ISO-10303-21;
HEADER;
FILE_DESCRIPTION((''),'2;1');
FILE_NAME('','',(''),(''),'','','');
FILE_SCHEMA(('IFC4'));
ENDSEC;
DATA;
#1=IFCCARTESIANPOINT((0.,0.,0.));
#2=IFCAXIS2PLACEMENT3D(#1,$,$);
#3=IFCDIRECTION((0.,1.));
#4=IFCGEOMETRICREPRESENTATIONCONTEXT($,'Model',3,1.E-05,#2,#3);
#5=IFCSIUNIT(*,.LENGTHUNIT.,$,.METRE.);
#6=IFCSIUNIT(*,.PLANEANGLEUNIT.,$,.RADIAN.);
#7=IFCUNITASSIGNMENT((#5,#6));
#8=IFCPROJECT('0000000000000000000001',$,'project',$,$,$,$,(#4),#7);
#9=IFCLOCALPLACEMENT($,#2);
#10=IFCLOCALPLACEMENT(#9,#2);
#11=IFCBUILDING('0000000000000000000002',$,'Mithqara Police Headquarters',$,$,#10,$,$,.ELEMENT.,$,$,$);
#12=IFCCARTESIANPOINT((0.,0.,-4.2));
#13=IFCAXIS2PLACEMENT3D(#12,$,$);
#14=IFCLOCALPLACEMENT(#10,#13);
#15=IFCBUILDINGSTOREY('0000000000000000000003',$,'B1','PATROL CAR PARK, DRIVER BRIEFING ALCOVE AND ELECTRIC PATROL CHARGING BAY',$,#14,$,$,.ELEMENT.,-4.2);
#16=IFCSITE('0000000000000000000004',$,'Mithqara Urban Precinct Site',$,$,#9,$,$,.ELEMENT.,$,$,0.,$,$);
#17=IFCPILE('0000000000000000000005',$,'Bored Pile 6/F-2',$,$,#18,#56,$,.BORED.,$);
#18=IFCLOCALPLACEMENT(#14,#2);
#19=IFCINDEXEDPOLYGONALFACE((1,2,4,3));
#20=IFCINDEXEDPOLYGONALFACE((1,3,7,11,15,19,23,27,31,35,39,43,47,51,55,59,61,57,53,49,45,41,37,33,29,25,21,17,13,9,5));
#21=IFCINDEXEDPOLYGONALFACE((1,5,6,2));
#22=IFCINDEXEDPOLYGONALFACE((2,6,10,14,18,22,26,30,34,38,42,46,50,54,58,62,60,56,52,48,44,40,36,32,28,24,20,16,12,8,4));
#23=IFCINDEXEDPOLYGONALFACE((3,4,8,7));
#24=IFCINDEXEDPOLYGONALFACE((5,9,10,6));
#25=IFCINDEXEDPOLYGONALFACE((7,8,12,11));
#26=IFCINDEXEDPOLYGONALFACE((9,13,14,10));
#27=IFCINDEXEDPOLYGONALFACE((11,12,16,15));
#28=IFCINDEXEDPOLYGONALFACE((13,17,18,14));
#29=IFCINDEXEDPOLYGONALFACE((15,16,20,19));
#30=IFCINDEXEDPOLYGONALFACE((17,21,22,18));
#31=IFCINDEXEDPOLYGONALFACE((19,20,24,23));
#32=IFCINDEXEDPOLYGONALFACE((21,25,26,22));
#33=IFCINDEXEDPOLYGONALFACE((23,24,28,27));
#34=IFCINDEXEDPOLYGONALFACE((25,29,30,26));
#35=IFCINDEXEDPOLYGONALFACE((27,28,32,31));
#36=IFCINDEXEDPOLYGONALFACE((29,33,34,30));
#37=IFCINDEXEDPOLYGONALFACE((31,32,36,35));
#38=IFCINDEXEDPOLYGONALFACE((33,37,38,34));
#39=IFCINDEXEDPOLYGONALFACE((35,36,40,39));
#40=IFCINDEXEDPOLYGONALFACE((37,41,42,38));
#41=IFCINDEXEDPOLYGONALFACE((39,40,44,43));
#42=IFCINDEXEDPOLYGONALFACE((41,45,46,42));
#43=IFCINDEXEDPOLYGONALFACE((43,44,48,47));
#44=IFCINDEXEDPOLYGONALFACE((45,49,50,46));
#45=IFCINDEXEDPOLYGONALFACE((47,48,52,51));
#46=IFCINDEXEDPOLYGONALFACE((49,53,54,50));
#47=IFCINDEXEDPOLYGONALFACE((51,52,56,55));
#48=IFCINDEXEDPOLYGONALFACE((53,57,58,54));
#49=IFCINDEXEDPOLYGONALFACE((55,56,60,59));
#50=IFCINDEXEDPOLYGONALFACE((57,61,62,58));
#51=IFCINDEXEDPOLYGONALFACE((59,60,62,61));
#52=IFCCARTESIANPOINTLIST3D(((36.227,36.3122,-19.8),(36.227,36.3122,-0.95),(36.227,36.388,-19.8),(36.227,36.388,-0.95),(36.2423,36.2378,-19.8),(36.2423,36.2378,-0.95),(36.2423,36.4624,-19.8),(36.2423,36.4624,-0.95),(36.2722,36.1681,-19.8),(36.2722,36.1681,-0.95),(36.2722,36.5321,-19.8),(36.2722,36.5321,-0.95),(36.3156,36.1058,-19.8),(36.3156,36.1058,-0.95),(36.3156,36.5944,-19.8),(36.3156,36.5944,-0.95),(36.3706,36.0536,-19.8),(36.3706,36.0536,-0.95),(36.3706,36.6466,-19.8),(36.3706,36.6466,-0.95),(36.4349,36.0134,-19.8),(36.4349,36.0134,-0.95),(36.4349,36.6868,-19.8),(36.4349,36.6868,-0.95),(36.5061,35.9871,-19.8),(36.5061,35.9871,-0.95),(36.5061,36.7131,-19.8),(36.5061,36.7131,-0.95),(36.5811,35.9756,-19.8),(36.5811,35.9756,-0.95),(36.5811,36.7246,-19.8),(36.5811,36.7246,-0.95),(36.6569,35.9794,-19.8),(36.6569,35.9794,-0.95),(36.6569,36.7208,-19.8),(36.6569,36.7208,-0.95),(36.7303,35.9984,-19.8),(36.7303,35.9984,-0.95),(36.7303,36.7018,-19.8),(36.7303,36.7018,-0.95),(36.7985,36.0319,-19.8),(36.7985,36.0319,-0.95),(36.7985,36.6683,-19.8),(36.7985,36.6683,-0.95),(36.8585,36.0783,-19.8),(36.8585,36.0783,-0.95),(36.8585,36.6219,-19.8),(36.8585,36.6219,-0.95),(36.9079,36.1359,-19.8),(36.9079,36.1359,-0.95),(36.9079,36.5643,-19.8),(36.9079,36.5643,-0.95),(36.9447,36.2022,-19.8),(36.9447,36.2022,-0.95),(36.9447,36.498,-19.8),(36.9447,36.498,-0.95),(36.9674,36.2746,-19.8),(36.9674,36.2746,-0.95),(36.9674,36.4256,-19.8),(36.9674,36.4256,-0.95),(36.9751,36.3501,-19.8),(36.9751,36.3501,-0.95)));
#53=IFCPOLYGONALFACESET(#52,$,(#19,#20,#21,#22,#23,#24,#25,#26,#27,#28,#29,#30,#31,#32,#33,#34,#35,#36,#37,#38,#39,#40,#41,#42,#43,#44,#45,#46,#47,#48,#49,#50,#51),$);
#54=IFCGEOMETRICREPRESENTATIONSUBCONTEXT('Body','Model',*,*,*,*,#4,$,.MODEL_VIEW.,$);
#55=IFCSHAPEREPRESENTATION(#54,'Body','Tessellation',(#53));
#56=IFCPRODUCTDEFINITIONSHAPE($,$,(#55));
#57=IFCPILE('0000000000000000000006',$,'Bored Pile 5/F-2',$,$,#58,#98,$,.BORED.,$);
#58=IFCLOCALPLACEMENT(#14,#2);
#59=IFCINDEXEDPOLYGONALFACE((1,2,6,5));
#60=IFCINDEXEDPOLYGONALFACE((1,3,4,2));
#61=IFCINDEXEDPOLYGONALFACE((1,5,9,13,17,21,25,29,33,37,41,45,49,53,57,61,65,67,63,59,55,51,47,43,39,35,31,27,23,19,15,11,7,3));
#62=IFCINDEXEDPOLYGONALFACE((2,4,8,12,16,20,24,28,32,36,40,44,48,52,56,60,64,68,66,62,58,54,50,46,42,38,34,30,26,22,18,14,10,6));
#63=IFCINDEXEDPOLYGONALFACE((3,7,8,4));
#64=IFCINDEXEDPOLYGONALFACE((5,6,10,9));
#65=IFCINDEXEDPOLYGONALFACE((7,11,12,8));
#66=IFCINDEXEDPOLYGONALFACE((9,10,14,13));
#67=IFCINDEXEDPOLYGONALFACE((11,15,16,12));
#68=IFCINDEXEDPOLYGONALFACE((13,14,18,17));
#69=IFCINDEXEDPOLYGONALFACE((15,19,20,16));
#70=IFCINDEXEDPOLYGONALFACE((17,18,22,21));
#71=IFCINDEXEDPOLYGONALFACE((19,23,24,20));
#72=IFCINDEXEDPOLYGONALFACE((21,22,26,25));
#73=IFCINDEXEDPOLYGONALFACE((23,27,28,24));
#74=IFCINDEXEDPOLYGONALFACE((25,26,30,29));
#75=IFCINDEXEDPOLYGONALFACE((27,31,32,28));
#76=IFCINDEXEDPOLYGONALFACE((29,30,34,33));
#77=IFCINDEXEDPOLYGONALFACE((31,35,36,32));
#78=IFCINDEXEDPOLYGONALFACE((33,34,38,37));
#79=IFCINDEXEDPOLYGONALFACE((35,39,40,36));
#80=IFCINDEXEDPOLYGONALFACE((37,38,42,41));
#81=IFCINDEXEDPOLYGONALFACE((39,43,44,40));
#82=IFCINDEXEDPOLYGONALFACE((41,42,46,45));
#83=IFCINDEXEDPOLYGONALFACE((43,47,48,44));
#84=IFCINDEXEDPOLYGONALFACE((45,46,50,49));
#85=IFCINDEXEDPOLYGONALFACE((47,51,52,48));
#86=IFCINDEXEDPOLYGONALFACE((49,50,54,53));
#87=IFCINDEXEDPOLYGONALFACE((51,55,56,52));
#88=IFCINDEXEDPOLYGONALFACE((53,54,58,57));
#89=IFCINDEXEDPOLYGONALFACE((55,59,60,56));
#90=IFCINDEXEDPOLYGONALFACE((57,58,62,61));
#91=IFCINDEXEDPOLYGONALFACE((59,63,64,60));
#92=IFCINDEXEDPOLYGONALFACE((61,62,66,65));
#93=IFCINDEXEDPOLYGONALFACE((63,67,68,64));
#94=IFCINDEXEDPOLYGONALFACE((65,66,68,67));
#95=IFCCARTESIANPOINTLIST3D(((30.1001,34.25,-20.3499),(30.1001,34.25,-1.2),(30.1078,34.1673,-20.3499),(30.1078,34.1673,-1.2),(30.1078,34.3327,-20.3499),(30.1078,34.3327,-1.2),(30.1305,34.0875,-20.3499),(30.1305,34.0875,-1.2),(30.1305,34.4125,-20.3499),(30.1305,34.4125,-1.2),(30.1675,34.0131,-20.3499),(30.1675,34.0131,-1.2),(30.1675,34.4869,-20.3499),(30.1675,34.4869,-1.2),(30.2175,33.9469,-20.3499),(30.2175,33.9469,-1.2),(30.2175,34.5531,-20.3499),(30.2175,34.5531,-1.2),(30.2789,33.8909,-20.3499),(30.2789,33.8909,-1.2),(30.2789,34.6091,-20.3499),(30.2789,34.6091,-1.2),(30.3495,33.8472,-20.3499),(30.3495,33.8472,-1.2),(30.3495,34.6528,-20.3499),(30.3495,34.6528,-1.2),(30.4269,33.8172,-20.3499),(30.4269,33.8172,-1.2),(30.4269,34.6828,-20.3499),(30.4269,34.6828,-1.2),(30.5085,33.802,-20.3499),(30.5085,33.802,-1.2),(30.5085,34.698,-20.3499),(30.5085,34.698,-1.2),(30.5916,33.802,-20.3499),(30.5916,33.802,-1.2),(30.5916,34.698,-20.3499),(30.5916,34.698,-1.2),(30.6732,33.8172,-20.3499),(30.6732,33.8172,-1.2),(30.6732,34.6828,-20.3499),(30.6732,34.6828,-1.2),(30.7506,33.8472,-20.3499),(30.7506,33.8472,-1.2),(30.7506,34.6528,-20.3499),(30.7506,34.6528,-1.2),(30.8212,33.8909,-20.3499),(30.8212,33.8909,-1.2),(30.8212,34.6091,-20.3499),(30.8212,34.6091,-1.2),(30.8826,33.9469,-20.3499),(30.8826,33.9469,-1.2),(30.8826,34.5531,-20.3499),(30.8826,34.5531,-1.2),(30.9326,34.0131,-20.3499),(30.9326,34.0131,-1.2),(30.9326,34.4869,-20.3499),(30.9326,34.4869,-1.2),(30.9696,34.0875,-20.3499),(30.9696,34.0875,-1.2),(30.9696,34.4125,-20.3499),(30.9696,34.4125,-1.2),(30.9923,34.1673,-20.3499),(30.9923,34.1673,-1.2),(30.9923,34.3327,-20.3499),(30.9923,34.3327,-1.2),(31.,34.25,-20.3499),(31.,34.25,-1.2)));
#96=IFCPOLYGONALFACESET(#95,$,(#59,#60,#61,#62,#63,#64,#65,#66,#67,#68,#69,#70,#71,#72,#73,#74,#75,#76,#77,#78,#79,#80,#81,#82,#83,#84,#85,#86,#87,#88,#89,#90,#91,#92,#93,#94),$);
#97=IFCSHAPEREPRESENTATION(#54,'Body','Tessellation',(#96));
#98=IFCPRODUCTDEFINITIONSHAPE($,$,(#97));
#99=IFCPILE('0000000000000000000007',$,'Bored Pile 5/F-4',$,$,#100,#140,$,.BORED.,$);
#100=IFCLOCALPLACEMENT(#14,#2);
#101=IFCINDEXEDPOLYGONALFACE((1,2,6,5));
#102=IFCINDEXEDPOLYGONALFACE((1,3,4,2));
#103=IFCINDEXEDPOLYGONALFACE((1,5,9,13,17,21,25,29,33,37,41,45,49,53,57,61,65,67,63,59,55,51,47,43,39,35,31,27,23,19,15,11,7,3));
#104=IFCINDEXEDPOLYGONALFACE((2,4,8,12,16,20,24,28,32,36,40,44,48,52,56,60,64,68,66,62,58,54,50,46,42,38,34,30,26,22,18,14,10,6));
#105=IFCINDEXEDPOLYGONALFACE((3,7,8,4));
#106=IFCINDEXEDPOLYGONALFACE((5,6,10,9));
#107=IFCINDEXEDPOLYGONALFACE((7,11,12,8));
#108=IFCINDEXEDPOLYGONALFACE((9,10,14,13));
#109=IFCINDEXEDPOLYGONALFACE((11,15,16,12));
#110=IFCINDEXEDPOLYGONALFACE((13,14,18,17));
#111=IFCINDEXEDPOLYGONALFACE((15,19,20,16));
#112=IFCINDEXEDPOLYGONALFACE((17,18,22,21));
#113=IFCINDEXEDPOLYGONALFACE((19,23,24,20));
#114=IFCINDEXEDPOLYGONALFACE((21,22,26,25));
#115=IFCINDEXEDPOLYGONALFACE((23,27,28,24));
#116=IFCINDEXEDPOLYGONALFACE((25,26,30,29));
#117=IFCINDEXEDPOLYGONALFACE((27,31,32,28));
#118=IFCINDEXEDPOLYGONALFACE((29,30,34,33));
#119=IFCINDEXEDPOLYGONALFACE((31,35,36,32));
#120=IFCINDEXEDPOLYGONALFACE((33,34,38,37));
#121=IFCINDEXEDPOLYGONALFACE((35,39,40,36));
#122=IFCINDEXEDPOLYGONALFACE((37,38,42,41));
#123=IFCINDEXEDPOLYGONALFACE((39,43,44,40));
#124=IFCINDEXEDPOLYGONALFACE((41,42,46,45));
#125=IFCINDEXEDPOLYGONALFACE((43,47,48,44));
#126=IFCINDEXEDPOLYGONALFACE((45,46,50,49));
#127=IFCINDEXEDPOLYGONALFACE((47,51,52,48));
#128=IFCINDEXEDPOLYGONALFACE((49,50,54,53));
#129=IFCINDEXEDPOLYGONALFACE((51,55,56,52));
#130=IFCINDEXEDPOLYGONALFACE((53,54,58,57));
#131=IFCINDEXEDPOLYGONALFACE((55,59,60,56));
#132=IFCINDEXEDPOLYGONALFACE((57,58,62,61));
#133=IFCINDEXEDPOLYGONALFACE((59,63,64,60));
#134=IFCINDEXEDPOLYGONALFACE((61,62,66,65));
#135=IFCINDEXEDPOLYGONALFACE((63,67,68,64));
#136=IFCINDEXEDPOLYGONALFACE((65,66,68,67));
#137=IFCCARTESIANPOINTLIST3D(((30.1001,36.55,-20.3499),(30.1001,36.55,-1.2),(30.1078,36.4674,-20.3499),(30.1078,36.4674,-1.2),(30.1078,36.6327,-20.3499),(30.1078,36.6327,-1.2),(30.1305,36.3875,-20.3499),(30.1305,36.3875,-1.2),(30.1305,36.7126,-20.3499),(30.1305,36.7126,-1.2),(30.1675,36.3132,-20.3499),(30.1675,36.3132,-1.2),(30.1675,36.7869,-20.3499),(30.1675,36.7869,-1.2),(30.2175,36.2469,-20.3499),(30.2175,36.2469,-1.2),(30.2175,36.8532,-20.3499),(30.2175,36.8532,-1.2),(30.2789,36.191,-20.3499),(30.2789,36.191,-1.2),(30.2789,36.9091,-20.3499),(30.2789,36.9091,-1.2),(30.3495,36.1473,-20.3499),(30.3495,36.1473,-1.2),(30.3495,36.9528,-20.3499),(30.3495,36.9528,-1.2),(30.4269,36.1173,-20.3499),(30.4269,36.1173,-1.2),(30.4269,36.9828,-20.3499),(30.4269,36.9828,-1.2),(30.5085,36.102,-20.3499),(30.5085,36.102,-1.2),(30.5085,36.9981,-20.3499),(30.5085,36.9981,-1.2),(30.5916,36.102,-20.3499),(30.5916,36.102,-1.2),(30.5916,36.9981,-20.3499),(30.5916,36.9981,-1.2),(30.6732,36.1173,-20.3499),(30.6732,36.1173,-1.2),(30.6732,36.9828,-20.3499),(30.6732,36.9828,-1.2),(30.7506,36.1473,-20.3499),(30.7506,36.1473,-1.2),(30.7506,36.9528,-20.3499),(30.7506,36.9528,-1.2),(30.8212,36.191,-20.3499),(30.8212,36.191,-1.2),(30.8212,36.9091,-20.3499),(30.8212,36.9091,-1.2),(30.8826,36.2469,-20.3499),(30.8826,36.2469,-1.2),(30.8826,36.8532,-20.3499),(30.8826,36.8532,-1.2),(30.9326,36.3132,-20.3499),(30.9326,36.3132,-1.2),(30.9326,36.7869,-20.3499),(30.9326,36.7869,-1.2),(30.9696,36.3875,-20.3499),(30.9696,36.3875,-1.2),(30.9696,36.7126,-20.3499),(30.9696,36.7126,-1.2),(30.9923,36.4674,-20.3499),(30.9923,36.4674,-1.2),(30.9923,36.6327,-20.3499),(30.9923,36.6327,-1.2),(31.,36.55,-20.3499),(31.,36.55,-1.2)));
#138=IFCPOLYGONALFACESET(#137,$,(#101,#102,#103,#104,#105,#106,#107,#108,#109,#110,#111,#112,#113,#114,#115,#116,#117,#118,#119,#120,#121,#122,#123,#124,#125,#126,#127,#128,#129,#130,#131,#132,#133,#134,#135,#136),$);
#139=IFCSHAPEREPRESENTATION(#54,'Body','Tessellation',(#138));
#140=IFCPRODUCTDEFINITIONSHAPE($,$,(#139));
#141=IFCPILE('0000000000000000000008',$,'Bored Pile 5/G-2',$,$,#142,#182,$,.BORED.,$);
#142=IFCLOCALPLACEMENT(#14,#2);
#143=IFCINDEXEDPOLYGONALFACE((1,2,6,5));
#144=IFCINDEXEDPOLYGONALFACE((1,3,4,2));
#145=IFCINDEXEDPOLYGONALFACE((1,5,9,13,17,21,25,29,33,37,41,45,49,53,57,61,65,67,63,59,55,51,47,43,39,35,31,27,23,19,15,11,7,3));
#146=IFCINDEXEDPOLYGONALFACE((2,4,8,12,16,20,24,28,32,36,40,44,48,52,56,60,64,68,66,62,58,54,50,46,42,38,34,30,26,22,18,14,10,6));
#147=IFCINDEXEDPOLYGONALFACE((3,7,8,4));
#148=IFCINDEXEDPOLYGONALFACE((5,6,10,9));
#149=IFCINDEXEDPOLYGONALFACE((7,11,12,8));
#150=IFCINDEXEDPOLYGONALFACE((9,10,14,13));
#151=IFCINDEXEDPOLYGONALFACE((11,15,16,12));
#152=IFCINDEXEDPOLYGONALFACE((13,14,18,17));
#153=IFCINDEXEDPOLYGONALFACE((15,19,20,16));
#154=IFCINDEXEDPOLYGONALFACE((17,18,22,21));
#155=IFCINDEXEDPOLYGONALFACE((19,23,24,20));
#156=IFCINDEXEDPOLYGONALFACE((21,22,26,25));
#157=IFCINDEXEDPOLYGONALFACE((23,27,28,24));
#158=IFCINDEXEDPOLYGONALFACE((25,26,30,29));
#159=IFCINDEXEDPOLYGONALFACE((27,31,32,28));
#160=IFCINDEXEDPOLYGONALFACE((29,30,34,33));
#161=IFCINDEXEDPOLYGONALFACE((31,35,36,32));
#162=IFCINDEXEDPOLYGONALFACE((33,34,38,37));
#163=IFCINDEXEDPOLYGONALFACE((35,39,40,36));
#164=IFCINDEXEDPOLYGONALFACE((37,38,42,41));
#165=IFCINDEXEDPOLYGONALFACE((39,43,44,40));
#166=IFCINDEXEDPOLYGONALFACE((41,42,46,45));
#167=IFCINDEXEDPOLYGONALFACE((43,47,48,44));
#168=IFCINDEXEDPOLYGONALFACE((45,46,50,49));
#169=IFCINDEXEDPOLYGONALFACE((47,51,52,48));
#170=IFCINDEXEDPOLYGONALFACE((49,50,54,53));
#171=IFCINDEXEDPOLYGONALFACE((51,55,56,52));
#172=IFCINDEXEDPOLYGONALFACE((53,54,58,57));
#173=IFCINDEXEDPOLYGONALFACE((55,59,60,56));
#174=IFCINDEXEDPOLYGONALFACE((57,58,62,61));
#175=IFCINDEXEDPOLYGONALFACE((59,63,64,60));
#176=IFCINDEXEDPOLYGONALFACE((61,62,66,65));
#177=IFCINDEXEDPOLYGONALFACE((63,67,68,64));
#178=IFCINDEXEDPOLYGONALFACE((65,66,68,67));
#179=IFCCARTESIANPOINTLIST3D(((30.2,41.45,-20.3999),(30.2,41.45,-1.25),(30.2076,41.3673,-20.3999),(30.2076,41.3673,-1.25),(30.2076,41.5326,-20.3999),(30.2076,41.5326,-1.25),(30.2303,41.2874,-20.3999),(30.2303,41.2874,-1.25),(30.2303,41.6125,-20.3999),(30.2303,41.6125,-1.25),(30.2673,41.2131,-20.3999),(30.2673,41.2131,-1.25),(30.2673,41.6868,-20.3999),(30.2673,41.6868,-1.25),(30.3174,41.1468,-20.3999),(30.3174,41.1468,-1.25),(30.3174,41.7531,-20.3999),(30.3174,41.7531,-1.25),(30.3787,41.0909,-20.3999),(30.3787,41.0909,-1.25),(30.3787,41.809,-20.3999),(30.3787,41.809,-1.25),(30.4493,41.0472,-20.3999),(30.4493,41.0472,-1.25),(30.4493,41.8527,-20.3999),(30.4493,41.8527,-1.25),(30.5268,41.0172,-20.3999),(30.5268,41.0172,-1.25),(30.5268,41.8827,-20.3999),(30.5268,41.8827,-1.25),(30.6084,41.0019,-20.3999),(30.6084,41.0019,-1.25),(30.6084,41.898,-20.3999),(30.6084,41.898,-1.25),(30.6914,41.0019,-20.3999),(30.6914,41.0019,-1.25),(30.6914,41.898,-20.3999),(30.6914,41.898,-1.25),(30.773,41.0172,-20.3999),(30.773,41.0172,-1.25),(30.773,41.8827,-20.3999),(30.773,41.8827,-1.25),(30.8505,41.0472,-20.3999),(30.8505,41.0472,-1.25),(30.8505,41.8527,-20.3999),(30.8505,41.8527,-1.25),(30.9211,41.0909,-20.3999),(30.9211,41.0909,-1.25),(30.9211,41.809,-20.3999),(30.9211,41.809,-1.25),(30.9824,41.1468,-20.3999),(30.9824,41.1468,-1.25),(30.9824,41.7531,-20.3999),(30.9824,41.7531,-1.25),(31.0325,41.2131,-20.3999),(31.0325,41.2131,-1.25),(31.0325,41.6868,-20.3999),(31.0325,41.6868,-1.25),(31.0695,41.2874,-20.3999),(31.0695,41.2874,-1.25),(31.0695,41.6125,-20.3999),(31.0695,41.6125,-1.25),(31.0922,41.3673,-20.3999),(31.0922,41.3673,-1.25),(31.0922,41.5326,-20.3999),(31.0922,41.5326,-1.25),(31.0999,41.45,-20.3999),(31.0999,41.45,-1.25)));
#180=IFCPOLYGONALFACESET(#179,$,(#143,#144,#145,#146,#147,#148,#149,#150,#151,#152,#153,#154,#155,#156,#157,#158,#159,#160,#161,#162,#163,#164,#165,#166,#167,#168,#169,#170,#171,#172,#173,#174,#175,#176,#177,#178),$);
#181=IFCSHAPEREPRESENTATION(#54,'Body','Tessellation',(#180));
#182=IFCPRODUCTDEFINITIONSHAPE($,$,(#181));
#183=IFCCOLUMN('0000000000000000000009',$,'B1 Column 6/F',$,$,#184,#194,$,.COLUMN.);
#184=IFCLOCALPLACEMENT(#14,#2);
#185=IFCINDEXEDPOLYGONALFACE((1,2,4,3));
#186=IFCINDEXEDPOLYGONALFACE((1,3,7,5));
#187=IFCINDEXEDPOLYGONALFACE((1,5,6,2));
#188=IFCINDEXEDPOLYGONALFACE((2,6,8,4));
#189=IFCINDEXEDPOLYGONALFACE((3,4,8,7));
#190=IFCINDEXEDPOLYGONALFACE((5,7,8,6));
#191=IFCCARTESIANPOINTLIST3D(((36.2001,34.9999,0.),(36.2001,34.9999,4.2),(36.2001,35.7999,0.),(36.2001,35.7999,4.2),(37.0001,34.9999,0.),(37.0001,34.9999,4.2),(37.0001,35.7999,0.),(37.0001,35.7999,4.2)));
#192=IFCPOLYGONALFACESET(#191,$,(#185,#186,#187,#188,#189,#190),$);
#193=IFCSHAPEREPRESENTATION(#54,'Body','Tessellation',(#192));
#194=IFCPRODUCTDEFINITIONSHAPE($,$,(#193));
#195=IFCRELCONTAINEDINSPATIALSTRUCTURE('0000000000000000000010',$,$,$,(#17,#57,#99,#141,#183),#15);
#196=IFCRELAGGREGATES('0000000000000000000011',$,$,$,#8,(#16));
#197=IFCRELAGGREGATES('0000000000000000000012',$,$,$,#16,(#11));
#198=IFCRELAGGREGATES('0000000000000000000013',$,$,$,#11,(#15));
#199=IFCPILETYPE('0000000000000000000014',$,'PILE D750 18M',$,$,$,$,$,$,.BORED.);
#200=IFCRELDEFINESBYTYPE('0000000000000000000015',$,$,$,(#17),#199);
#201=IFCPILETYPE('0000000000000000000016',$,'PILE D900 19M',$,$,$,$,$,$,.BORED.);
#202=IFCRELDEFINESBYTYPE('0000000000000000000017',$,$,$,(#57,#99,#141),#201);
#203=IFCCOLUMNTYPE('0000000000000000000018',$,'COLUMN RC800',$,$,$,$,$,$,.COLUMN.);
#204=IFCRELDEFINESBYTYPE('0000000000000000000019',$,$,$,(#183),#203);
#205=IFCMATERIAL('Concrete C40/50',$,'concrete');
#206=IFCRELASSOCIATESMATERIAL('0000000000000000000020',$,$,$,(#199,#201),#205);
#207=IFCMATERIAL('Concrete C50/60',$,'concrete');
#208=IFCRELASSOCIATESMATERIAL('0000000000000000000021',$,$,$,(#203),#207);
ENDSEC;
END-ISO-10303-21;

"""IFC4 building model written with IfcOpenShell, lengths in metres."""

from ifc_helpers import new_model, si_unit, direction, frame, origin, origin_2d, place, context, subcontext, project, spatial, rectangle, circle, extrude, material, material_profile, profile_set, type_object, element, save


model = new_model("IFC4")

# Units and contexts
model_context = context("Model", 3, precision=1e-05, world=origin(), true_north=direction((0.0, 1.0)))
body_context = subcontext(model_context, "Body", "Model", "MODEL_VIEW")
ifc_project = project(units=[si_unit("LENGTHUNIT", "METRE"), si_unit("PLANEANGLEUNIT", "RADIAN")], contexts=[model_context])

# Site, building, storey
site_placement = place(None, origin())
site = spatial("IfcSite", under=ifc_project, at=site_placement, Name="Mithqara Urban Precinct Site", CompositionType="ELEMENT", RefElevation=0.0)
building_placement = place(site_placement, origin())
building = spatial("IfcBuilding", under=site, at=building_placement, Name="Mithqara Police Headquarters", CompositionType="ELEMENT")
storey_placement = place(building_placement, frame((0.0, 0.0, -4.2)))
storey = spatial("IfcBuildingStorey", under=building, at=storey_placement, Name="B1", Description="PATROL CAR PARK, DRIVER BRIEFING ALCOVE AND ELECTRIC PATROL CHARGING BAY", CompositionType="ELEMENT", Elevation=-4.2)

# Shared definitions
ifc_material_1 = material(Name="Concrete C40/50", Category="concrete")

# Piles
ifc_material_profile_1 = material_profile(ifc_material_1, circle(Radius=0.375, at=origin_2d()), Name="PILE D750")
ifc_profile_set_1 = profile_set([ifc_material_profile_1], Name="Concrete C40/50")
pile_type_1 = type_object("IfcPileType", Name="PILE D750 18M", PredefinedType="BORED", material=ifc_profile_set_1)
for number, where, z_axis, x_axis, name in (
    (1, (36.6001, 36.3501, -0.95), (0.0, 0.0, -1.0), (1.0, 0.0, 0.0), "Bored Pile 6/F-2"),
):
    element("IfcPile", number, at=place(storey_placement, frame(where, z_axis=z_axis, x_axis=x_axis)), inside=storey, type_object=pile_type_1, Name=name, PredefinedType="BORED", context=body_context, shape_type="SweptSolid", body=[
        extrude(circle(Radius=0.375, at=origin_2d()), origin(), (0.0, 0.0, 1.0), 18.8501),
    ])
ifc_material_profile_2 = material_profile(ifc_material_1, circle(Radius=0.45, at=origin_2d()), Name="PILE D900")
ifc_profile_set_2 = profile_set([ifc_material_profile_2], Name="Concrete C40/50")
pile_type_2 = type_object("IfcPileType", Name="PILE D900 19M", PredefinedType="BORED", material=ifc_profile_set_2)
for number, where, z_axis, x_axis, name in (
    (2, (30.55, 34.25, -1.2), (0.0, 0.0, -1.0), (1.0, 0.0, 0.0), "Bored Pile 5/F-2"),
    (3, (30.55, 36.55, -1.2), (0.0, 0.0, -1.0), (1.0, 0.0, 0.0), "Bored Pile 5/F-4"),
    (4, (30.6499, 41.45, -1.25), (0.0, 0.0, -1.0), (1.0, 0.0, 0.0), "Bored Pile 5/G-2"),
):
    element("IfcPile", number, at=place(storey_placement, frame(where, z_axis=z_axis, x_axis=x_axis)), inside=storey, type_object=pile_type_2, Name=name, PredefinedType="BORED", context=body_context, shape_type="SweptSolid", body=[
        extrude(circle(Radius=0.45, at=origin_2d()), origin(), (0.0, 0.0, 1.0), 19.1499),
    ])

# Column
ifc_material_2 = material(Name="Concrete C50/60", Category="concrete")
ifc_material_profile_3 = material_profile(ifc_material_2, rectangle(XDim=0.8, YDim=0.8, at=origin_2d()), Name="RC 800x800")
ifc_profile_set_3 = profile_set([ifc_material_profile_3], Name="Concrete C50/60")
column_type_1 = type_object("IfcColumnType", Name="COLUMN RC800", PredefinedType="COLUMN", material=ifc_profile_set_3)
column_placement = place(storey_placement, frame((36.6001, 35.3999, 0.0), z_axis=(0.0, 0.0, 1.0), x_axis=(1.0, 0.0, 0.0)))
element("IfcColumn", 5, at=column_placement, inside=storey, type_object=column_type_1, Name="B1 Column 6/F", PredefinedType="COLUMN", context=body_context, shape_type="SweptSolid", body=[
    extrude(rectangle(XDim=0.8, YDim=0.8, at=origin_2d()), origin(), (0.0, 0.0, 1.0), 4.2),
])

save(model, "model.ifc")
